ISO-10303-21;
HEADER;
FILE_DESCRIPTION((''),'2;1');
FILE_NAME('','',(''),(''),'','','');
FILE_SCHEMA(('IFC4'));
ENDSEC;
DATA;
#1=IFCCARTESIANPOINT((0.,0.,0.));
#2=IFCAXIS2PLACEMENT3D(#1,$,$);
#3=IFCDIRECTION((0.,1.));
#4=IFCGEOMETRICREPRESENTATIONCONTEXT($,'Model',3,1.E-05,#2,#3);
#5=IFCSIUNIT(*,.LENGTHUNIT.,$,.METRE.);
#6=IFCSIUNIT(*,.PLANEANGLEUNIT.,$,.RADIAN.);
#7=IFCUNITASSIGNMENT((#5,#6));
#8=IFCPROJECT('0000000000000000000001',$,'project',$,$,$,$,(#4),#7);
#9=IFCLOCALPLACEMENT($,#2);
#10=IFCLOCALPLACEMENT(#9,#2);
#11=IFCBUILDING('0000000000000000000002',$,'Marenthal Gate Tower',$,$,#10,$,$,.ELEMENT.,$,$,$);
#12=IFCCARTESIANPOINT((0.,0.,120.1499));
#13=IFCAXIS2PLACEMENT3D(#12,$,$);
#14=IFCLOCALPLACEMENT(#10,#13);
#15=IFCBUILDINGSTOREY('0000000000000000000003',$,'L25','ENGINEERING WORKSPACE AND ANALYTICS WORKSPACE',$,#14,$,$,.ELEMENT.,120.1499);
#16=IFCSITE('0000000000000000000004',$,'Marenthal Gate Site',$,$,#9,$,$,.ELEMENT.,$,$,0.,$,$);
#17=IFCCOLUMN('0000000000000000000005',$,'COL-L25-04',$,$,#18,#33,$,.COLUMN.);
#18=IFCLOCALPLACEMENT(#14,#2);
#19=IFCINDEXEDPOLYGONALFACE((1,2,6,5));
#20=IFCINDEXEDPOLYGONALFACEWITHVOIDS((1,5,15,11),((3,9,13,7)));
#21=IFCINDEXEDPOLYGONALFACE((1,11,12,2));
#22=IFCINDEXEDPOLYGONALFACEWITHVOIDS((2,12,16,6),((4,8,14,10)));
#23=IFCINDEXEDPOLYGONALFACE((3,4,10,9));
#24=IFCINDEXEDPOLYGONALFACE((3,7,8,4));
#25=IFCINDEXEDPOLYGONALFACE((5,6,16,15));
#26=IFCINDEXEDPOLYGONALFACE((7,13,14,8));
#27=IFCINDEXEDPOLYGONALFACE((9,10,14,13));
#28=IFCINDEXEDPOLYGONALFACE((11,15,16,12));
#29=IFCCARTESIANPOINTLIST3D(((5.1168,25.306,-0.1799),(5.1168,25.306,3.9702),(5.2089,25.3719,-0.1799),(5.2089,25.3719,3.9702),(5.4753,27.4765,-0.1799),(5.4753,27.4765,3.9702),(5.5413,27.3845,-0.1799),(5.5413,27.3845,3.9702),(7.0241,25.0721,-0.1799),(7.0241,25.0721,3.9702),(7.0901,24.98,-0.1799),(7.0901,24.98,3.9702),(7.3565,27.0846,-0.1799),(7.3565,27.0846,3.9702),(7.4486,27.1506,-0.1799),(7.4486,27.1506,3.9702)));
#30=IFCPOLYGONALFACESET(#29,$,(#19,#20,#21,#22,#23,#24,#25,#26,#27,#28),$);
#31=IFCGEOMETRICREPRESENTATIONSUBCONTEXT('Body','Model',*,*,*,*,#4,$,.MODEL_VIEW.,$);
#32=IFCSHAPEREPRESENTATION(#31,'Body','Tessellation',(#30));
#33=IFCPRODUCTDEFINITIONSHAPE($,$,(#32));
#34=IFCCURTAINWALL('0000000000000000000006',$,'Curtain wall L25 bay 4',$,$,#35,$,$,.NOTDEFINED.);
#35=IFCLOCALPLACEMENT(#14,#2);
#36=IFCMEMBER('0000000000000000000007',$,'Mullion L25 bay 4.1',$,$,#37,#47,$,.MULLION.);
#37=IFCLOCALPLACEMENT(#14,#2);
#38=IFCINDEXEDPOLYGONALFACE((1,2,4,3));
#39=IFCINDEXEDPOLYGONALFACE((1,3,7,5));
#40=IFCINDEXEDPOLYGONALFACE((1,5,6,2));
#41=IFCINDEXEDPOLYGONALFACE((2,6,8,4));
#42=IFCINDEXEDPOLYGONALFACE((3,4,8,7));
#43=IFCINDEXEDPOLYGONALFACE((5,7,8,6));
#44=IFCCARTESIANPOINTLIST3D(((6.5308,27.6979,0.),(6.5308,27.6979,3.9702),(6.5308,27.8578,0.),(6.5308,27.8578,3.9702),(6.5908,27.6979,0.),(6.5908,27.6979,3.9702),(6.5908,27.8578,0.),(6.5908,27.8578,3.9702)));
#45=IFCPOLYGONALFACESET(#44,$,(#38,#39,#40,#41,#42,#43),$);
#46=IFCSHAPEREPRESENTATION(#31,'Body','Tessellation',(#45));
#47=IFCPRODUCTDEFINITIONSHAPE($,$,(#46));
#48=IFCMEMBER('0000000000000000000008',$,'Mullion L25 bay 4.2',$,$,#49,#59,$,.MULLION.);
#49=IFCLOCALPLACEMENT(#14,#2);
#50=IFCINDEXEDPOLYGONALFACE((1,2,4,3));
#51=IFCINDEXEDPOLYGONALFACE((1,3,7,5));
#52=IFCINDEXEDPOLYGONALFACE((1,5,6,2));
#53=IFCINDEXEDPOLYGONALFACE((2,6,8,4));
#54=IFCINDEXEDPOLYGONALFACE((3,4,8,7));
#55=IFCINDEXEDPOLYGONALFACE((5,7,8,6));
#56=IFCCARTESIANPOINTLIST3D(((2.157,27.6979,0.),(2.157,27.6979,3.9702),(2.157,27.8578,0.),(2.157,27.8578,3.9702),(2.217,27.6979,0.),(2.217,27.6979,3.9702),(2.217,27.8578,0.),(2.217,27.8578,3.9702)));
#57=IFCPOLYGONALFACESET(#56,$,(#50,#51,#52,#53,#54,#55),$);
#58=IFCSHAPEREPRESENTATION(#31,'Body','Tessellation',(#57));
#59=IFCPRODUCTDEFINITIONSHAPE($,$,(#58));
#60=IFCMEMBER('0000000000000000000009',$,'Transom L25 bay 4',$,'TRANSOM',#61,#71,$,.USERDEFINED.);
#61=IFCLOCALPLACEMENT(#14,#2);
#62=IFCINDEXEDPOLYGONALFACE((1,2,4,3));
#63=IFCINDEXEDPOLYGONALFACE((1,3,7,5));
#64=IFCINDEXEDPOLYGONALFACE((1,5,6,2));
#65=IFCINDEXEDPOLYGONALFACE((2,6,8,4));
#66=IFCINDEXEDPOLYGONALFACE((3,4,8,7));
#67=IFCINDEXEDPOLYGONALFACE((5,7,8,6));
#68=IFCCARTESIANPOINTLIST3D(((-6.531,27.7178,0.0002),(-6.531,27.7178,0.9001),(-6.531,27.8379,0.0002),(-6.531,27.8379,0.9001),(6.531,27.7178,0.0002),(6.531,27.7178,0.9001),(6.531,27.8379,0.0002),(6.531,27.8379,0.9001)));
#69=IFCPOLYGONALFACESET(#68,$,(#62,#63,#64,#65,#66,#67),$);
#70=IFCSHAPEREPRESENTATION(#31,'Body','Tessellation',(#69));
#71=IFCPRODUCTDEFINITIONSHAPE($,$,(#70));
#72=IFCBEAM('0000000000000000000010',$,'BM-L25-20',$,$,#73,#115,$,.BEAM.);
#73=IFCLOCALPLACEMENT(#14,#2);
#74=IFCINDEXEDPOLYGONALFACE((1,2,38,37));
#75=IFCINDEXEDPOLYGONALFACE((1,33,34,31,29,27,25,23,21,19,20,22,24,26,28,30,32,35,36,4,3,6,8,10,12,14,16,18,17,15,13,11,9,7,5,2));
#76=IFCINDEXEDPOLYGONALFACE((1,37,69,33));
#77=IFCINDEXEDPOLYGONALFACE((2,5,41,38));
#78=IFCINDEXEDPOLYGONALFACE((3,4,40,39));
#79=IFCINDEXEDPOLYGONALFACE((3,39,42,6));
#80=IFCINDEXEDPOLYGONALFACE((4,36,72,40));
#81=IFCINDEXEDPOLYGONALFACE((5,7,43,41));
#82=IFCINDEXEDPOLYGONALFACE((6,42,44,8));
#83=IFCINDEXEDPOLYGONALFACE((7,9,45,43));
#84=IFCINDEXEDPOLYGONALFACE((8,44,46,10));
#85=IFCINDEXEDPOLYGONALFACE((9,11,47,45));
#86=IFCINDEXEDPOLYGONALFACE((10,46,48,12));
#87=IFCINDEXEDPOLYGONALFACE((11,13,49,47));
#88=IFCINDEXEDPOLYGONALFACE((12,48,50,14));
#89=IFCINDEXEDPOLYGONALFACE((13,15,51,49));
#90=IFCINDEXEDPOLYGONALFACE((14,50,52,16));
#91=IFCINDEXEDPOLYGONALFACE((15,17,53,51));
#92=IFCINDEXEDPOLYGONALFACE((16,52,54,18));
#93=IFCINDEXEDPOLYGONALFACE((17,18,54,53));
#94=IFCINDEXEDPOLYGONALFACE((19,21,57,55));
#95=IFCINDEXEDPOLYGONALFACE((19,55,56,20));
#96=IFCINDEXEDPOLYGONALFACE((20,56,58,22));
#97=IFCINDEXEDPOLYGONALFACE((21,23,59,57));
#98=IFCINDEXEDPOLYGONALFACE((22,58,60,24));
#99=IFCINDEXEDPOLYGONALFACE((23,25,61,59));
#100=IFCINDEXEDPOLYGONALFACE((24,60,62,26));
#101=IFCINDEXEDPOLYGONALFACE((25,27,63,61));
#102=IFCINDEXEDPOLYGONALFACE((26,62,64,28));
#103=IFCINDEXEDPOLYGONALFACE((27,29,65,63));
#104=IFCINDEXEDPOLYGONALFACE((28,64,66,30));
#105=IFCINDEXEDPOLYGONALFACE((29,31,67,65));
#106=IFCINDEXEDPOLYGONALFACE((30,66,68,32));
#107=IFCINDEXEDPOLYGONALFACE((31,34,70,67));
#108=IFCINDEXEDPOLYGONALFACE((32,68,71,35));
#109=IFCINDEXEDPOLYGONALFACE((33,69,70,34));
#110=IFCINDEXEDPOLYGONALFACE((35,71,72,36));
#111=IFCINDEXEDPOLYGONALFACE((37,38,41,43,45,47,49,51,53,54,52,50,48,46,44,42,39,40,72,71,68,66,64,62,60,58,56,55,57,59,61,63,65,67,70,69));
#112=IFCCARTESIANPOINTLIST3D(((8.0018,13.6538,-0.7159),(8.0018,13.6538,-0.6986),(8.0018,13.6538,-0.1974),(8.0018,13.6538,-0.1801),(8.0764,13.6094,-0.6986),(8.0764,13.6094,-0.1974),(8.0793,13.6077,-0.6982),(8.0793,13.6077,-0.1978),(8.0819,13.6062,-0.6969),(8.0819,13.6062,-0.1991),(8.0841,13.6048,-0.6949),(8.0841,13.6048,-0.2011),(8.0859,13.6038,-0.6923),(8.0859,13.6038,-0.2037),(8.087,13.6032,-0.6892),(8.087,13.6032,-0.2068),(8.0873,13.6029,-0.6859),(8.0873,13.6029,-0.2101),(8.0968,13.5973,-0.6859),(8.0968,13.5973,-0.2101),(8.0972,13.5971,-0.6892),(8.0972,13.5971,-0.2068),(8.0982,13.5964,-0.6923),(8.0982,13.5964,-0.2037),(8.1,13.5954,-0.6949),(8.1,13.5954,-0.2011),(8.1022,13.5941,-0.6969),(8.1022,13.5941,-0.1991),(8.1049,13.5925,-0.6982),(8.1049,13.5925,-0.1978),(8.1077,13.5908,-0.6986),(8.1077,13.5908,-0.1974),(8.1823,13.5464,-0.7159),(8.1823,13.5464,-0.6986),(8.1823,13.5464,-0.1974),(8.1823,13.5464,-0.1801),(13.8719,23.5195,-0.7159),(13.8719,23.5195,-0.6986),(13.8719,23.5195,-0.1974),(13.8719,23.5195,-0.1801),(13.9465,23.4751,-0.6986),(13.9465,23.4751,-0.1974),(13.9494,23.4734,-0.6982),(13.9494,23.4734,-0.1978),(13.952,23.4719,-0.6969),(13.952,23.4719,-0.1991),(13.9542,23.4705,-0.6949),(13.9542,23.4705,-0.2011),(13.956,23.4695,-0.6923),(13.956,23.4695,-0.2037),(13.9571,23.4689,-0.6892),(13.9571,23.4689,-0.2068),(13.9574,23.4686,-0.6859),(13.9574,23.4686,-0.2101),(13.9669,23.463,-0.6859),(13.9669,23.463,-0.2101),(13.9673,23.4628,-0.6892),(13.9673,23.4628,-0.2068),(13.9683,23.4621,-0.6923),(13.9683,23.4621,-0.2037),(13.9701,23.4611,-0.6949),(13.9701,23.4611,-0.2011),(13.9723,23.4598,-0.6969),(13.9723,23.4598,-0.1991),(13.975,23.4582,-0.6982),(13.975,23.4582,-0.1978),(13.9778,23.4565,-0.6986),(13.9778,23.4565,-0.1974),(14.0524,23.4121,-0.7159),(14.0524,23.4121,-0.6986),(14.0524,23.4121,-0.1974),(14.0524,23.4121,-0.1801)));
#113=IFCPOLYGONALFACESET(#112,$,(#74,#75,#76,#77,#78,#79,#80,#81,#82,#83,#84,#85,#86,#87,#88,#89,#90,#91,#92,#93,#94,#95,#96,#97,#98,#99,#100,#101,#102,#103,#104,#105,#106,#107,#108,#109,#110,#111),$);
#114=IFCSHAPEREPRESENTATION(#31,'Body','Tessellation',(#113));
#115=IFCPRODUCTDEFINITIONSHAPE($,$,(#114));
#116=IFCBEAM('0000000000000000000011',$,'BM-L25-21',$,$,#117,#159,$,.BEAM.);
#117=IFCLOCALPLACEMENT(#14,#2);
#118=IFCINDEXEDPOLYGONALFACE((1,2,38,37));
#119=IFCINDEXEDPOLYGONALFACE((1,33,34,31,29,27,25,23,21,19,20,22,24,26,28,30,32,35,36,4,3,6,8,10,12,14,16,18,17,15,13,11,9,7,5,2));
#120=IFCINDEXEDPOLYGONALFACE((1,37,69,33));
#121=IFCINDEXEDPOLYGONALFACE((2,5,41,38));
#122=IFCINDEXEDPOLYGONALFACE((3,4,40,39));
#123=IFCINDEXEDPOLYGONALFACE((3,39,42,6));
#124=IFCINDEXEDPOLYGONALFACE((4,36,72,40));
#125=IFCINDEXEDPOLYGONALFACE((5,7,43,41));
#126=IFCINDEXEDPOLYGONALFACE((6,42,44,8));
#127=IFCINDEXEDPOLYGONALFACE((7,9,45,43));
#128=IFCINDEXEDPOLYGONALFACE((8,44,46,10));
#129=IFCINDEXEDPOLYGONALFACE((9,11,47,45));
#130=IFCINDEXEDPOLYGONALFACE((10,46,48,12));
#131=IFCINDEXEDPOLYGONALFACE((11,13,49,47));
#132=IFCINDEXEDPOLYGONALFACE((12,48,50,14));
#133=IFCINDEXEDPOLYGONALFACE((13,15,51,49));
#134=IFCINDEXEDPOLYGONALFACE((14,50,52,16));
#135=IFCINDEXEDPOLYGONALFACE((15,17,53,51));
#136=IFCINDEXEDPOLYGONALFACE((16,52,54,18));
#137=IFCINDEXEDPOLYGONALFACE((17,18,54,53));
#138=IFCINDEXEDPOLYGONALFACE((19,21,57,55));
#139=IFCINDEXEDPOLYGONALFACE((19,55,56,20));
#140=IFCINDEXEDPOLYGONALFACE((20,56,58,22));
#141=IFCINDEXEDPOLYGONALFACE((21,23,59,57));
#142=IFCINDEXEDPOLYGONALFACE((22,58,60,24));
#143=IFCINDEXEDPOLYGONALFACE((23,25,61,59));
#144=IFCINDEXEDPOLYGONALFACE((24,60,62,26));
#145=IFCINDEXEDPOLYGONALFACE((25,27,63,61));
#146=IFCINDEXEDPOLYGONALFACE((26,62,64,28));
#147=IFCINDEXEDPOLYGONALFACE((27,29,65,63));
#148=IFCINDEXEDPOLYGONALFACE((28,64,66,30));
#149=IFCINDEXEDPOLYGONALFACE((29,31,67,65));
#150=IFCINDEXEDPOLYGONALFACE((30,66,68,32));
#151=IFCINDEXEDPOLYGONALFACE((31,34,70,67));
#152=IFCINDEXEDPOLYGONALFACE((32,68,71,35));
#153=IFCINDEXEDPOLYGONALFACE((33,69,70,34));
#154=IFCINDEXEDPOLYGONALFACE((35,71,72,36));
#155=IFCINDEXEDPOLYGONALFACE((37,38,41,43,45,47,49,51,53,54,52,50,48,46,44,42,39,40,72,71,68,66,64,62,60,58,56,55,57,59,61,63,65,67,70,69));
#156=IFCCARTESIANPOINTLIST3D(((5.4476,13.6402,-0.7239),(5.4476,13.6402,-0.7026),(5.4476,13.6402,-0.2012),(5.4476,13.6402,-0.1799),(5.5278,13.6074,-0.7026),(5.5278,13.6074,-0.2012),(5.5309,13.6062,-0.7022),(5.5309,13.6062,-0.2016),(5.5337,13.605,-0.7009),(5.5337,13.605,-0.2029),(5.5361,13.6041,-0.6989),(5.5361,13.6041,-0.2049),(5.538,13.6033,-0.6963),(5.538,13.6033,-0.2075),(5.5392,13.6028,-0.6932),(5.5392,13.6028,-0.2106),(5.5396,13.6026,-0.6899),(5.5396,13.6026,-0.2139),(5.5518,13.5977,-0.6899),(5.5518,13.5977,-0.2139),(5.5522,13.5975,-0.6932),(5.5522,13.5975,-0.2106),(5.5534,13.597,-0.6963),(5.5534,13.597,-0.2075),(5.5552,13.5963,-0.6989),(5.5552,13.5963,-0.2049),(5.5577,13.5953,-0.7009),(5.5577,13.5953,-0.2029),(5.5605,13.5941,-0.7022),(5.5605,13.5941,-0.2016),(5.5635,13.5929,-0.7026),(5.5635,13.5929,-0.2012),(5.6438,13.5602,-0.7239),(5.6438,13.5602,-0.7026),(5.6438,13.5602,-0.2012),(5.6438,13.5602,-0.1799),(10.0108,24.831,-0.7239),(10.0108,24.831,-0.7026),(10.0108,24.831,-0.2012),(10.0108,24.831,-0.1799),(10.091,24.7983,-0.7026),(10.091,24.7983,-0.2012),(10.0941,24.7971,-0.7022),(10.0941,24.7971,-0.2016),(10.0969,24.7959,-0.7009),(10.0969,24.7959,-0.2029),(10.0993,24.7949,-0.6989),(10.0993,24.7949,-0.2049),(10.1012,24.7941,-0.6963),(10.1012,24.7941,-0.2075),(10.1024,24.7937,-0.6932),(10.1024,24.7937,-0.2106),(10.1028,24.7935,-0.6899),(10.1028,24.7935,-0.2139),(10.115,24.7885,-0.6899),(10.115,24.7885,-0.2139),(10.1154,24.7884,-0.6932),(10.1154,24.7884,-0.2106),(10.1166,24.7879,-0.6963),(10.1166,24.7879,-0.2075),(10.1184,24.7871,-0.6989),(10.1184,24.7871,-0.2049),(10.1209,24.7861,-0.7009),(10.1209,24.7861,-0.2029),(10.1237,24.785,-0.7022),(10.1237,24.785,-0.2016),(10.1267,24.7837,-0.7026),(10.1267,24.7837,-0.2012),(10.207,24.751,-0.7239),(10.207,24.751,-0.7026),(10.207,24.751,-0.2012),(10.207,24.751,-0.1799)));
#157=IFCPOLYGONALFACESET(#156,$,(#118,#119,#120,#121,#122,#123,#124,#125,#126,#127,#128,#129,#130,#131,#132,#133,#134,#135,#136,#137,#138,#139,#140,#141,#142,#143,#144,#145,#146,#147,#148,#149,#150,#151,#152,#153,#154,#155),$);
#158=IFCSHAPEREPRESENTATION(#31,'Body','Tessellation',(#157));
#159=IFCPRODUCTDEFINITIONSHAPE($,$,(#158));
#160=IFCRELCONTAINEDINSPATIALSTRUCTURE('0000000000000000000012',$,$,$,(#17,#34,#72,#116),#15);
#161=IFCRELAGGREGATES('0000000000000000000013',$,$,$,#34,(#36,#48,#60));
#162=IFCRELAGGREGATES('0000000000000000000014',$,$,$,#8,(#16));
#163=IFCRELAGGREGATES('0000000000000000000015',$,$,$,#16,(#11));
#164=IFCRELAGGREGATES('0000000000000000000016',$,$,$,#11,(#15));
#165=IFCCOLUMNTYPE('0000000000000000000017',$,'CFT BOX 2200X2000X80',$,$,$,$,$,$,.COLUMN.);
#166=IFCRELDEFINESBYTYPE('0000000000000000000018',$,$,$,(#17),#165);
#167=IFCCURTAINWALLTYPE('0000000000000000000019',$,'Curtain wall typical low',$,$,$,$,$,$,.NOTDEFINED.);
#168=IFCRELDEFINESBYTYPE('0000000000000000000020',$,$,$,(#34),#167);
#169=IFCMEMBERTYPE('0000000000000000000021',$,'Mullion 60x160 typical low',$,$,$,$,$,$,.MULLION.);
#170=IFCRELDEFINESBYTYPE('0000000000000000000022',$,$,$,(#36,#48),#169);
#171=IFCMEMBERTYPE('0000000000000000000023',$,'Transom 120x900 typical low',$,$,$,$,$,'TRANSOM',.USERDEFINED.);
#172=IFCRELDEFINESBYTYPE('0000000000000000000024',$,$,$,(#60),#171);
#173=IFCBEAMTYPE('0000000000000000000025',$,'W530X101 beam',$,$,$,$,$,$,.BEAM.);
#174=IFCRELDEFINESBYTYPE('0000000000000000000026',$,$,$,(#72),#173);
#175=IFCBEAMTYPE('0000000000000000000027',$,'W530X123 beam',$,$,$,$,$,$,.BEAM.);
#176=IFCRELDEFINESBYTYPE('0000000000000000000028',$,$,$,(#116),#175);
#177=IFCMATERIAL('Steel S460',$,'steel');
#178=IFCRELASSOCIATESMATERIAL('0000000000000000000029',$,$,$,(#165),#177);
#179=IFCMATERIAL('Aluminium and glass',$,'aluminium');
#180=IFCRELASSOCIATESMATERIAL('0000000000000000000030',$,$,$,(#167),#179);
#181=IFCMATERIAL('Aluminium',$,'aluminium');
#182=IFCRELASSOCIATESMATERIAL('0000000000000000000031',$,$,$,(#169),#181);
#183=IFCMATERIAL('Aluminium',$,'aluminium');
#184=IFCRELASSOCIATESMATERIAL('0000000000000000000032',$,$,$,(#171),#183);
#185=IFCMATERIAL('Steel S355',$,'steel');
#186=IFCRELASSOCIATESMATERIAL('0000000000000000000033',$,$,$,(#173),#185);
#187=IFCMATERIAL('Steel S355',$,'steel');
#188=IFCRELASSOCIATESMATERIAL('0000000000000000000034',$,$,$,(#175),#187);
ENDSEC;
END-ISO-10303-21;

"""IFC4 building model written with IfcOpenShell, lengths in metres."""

from ifc_helpers import new_model, si_unit, direction, frame, origin, origin_2d, place, context, subcontext, project, spatial, rectangle, hollow_rectangle, i_section, extrude, material, material_profile, profile_set, type_object, element, aggregate, save


model = new_model("IFC4")

# Units and contexts
model_context = context("Model", 3, precision=1e-05, world=origin(), true_north=direction((0.0, 1.0)))
body_context = subcontext(model_context, "Body", "Model", "MODEL_VIEW")
ifc_project = project(units=[si_unit("LENGTHUNIT", "METRE"), si_unit("PLANEANGLEUNIT", "RADIAN")], contexts=[model_context])

# Site, building, storey
site_placement = place(None, origin())
site = spatial("IfcSite", under=ifc_project, at=site_placement, Name="Marenthal Gate Site", CompositionType="ELEMENT", RefElevation=0.0)
building_placement = place(site_placement, origin())
building = spatial("IfcBuilding", under=site, at=building_placement, Name="Marenthal Gate Tower", CompositionType="ELEMENT")
storey_placement = place(building_placement, frame((0.0, 0.0, 120.1499)))
storey = spatial("IfcBuildingStorey", under=building, at=storey_placement, Name="L25", Description="ENGINEERING WORKSPACE AND ANALYTICS WORKSPACE", CompositionType="ELEMENT", Elevation=120.1499)

# Column
ifc_material_1 = material(Name="Steel S460", Category="steel")
ifc_material_profile_1 = material_profile(ifc_material_1, hollow_rectangle(XDim=2.0, YDim=2.2, WallThickness=0.0801, at=origin_2d()), Name="CFT BOX 2200X2000X80")
ifc_material_2 = material(Name="Concrete 70 MPa", Category="concrete")
ifc_material_profile_2 = material_profile(ifc_material_2, rectangle(XDim=1.8401, YDim=2.04, at=origin_2d()), Name="CFT BOX 2200X2000X80 INFILL")
ifc_profile_set_1 = profile_set([ifc_material_profile_1, ifc_material_profile_2], Name="Steel S460 shell, Concrete 70 MPa infill")
column_type = type_object("IfcColumnType", Name="CFT BOX 2200X2000X80", PredefinedType="COLUMN", material=ifc_profile_set_1)
column_placement = place(storey_placement, frame((6.2827, 26.2283, -0.1799), z_axis=(0.0, 0.0, 1.0), x_axis=(0.986631, -0.162968, 0.0)))
element("IfcColumn", 1, at=column_placement, inside=storey, type_object=column_type, Name="COL-L25-04", PredefinedType="COLUMN", context=body_context, shape_type="SweptSolid", body=[
    extrude(hollow_rectangle(XDim=2.0, YDim=2.2, WallThickness=0.0801, at=origin_2d()), origin(), (0.0, 0.0, 1.0), 4.1501),
])

# Curtain wall, members
ifc_material_3 = material(Name="Aluminium and glass", Category="aluminium")
curtain_wall_type = type_object("IfcCurtainWallType", Name="Curtain wall typical low", PredefinedType="NOTDEFINED", material=ifc_material_3)
curtain_wall_placement = place(storey_placement, origin())
curtain_wall = element("IfcCurtainWall", 2, at=curtain_wall_placement, inside=storey, type_object=curtain_wall_type, Name="Curtain wall L25 bay 4", PredefinedType="NOTDEFINED")
ifc_material_4 = material(Name="Aluminium", Category="aluminium")
ifc_material_profile_3 = material_profile(ifc_material_4, rectangle(XDim=0.1599, YDim=0.0601, at=origin_2d()), Name="60x160 aluminium mullion")
ifc_profile_set_2 = profile_set([ifc_material_profile_3], Name="Aluminium")
member_type_1 = type_object("IfcMemberType", Name="Mullion 60x160 typical low", PredefinedType="MULLION", material=ifc_profile_set_2)
member_1_placement = place(storey_placement, frame((6.5608, 27.7778, 0.0), z_axis=(0.0, 0.0, 1.0), x_axis=(0.0, -1.0, 0.0)))
member_1 = element("IfcMember", 3, at=member_1_placement, type_object=member_type_1, Name="Mullion L25 bay 4.1", PredefinedType="MULLION", context=body_context, shape_type="SweptSolid", body=[
    extrude(rectangle(XDim=0.1599, YDim=0.0601, at=origin_2d()), origin(), (0.0, 0.0, 1.0), 3.9702),
])
member_2_placement = place(storey_placement, frame((2.187, 27.7778, 0.0), z_axis=(0.0, 0.0, 1.0), x_axis=(0.0, -1.0, 0.0)))
member_2 = element("IfcMember", 4, at=member_2_placement, type_object=member_type_1, Name="Mullion L25 bay 4.2", PredefinedType="MULLION", context=body_context, shape_type="SweptSolid", body=[
    extrude(rectangle(XDim=0.1599, YDim=0.0601, at=origin_2d()), origin(), (0.0, 0.0, 1.0), 3.9702),
])
ifc_material_5 = material(Name="Aluminium", Category="aluminium")
ifc_material_profile_4 = material_profile(ifc_material_5, rectangle(XDim=0.1201, YDim=0.8999, at=origin_2d()), Name="120x900 aluminium transom")
ifc_profile_set_3 = profile_set([ifc_material_profile_4], Name="Aluminium")
member_type_2 = type_object("IfcMemberType", Name="Transom 120x900 typical low", ElementType="TRANSOM", PredefinedType="USERDEFINED", material=ifc_profile_set_3)
member_3_placement = place(storey_placement, frame((6.531, 27.7778, 0.4502), z_axis=(-1.0, 0.0, 0.0), x_axis=(0.0, -1.0, 0.0)))
member_3 = element("IfcMember", 5, at=member_3_placement, type_object=member_type_2, Name="Transom L25 bay 4", ObjectType="TRANSOM", PredefinedType="USERDEFINED", context=body_context, shape_type="SweptSolid", body=[
    extrude(rectangle(XDim=0.1201, YDim=0.8999, at=origin_2d()), origin(), (0.0, 0.0, 1.0), 13.062),
])

# Beams
ifc_material_6 = material(Name="Steel S355", Category="steel")
ifc_material_profile_5 = material_profile(ifc_material_6, i_section(OverallWidth=0.21, OverallDepth=0.5359, WebThickness=0.011, FlangeThickness=0.0173, FilletRadius=0.0127, at=origin_2d()), Name="W530X101")
ifc_profile_set_4 = profile_set([ifc_material_profile_5], Name="Steel S355")
beam_type_1 = type_object("IfcBeamType", Name="W530X101 beam", PredefinedType="BEAM", material=ifc_profile_set_4)
beam_1_placement = place(storey_placement, frame((13.9622, 23.4658, -0.448), z_axis=(-0.511334, -0.859382, 0.0), x_axis=(0.859382, -0.511334, 0.0)))
element("IfcBeam", 6, at=beam_1_placement, inside=storey, type_object=beam_type_1, Name="BM-L25-20", PredefinedType="BEAM", context=body_context, shape_type="SweptSolid", body=[
    extrude(i_section(OverallWidth=0.21, OverallDepth=0.5359, WebThickness=0.011, FlangeThickness=0.0173, FilletRadius=0.0127, at=origin_2d()), origin(), (0.0, 0.0, 1.0), 11.48),
])
ifc_material_7 = material(Name="Steel S355", Category="steel")
ifc_material_profile_6 = material_profile(ifc_material_7, i_section(OverallWidth=0.2119, OverallDepth=0.5439, WebThickness=0.0132, FlangeThickness=0.0212, FilletRadius=0.0127, at=origin_2d()), Name="W530X123")
ifc_profile_set_5 = profile_set([ifc_material_profile_6], Name="Steel S355")
beam_type_2 = type_object("IfcBeamType", Name="W530X123 beam", PredefinedType="BEAM", material=ifc_profile_set_5)
beam_2_placement = place(storey_placement, frame((10.1089, 24.791, -0.4519), z_axis=(-0.377579, -0.925978, 0.0), x_axis=(0.925978, -0.377579, 0.0)))
element("IfcBeam", 7, at=beam_2_placement, inside=storey, type_object=beam_type_2, Name="BM-L25-21", PredefinedType="BEAM", context=body_context, shape_type="SweptSolid", body=[
    extrude(i_section(OverallWidth=0.2119, OverallDepth=0.5439, WebThickness=0.0132, FlangeThickness=0.0212, FilletRadius=0.0127, at=origin_2d()), origin(), (0.0, 0.0, 1.0), 12.0854),
])

aggregate(curtain_wall, [member_1, member_2, member_3])

save(model, "model.ifc")
